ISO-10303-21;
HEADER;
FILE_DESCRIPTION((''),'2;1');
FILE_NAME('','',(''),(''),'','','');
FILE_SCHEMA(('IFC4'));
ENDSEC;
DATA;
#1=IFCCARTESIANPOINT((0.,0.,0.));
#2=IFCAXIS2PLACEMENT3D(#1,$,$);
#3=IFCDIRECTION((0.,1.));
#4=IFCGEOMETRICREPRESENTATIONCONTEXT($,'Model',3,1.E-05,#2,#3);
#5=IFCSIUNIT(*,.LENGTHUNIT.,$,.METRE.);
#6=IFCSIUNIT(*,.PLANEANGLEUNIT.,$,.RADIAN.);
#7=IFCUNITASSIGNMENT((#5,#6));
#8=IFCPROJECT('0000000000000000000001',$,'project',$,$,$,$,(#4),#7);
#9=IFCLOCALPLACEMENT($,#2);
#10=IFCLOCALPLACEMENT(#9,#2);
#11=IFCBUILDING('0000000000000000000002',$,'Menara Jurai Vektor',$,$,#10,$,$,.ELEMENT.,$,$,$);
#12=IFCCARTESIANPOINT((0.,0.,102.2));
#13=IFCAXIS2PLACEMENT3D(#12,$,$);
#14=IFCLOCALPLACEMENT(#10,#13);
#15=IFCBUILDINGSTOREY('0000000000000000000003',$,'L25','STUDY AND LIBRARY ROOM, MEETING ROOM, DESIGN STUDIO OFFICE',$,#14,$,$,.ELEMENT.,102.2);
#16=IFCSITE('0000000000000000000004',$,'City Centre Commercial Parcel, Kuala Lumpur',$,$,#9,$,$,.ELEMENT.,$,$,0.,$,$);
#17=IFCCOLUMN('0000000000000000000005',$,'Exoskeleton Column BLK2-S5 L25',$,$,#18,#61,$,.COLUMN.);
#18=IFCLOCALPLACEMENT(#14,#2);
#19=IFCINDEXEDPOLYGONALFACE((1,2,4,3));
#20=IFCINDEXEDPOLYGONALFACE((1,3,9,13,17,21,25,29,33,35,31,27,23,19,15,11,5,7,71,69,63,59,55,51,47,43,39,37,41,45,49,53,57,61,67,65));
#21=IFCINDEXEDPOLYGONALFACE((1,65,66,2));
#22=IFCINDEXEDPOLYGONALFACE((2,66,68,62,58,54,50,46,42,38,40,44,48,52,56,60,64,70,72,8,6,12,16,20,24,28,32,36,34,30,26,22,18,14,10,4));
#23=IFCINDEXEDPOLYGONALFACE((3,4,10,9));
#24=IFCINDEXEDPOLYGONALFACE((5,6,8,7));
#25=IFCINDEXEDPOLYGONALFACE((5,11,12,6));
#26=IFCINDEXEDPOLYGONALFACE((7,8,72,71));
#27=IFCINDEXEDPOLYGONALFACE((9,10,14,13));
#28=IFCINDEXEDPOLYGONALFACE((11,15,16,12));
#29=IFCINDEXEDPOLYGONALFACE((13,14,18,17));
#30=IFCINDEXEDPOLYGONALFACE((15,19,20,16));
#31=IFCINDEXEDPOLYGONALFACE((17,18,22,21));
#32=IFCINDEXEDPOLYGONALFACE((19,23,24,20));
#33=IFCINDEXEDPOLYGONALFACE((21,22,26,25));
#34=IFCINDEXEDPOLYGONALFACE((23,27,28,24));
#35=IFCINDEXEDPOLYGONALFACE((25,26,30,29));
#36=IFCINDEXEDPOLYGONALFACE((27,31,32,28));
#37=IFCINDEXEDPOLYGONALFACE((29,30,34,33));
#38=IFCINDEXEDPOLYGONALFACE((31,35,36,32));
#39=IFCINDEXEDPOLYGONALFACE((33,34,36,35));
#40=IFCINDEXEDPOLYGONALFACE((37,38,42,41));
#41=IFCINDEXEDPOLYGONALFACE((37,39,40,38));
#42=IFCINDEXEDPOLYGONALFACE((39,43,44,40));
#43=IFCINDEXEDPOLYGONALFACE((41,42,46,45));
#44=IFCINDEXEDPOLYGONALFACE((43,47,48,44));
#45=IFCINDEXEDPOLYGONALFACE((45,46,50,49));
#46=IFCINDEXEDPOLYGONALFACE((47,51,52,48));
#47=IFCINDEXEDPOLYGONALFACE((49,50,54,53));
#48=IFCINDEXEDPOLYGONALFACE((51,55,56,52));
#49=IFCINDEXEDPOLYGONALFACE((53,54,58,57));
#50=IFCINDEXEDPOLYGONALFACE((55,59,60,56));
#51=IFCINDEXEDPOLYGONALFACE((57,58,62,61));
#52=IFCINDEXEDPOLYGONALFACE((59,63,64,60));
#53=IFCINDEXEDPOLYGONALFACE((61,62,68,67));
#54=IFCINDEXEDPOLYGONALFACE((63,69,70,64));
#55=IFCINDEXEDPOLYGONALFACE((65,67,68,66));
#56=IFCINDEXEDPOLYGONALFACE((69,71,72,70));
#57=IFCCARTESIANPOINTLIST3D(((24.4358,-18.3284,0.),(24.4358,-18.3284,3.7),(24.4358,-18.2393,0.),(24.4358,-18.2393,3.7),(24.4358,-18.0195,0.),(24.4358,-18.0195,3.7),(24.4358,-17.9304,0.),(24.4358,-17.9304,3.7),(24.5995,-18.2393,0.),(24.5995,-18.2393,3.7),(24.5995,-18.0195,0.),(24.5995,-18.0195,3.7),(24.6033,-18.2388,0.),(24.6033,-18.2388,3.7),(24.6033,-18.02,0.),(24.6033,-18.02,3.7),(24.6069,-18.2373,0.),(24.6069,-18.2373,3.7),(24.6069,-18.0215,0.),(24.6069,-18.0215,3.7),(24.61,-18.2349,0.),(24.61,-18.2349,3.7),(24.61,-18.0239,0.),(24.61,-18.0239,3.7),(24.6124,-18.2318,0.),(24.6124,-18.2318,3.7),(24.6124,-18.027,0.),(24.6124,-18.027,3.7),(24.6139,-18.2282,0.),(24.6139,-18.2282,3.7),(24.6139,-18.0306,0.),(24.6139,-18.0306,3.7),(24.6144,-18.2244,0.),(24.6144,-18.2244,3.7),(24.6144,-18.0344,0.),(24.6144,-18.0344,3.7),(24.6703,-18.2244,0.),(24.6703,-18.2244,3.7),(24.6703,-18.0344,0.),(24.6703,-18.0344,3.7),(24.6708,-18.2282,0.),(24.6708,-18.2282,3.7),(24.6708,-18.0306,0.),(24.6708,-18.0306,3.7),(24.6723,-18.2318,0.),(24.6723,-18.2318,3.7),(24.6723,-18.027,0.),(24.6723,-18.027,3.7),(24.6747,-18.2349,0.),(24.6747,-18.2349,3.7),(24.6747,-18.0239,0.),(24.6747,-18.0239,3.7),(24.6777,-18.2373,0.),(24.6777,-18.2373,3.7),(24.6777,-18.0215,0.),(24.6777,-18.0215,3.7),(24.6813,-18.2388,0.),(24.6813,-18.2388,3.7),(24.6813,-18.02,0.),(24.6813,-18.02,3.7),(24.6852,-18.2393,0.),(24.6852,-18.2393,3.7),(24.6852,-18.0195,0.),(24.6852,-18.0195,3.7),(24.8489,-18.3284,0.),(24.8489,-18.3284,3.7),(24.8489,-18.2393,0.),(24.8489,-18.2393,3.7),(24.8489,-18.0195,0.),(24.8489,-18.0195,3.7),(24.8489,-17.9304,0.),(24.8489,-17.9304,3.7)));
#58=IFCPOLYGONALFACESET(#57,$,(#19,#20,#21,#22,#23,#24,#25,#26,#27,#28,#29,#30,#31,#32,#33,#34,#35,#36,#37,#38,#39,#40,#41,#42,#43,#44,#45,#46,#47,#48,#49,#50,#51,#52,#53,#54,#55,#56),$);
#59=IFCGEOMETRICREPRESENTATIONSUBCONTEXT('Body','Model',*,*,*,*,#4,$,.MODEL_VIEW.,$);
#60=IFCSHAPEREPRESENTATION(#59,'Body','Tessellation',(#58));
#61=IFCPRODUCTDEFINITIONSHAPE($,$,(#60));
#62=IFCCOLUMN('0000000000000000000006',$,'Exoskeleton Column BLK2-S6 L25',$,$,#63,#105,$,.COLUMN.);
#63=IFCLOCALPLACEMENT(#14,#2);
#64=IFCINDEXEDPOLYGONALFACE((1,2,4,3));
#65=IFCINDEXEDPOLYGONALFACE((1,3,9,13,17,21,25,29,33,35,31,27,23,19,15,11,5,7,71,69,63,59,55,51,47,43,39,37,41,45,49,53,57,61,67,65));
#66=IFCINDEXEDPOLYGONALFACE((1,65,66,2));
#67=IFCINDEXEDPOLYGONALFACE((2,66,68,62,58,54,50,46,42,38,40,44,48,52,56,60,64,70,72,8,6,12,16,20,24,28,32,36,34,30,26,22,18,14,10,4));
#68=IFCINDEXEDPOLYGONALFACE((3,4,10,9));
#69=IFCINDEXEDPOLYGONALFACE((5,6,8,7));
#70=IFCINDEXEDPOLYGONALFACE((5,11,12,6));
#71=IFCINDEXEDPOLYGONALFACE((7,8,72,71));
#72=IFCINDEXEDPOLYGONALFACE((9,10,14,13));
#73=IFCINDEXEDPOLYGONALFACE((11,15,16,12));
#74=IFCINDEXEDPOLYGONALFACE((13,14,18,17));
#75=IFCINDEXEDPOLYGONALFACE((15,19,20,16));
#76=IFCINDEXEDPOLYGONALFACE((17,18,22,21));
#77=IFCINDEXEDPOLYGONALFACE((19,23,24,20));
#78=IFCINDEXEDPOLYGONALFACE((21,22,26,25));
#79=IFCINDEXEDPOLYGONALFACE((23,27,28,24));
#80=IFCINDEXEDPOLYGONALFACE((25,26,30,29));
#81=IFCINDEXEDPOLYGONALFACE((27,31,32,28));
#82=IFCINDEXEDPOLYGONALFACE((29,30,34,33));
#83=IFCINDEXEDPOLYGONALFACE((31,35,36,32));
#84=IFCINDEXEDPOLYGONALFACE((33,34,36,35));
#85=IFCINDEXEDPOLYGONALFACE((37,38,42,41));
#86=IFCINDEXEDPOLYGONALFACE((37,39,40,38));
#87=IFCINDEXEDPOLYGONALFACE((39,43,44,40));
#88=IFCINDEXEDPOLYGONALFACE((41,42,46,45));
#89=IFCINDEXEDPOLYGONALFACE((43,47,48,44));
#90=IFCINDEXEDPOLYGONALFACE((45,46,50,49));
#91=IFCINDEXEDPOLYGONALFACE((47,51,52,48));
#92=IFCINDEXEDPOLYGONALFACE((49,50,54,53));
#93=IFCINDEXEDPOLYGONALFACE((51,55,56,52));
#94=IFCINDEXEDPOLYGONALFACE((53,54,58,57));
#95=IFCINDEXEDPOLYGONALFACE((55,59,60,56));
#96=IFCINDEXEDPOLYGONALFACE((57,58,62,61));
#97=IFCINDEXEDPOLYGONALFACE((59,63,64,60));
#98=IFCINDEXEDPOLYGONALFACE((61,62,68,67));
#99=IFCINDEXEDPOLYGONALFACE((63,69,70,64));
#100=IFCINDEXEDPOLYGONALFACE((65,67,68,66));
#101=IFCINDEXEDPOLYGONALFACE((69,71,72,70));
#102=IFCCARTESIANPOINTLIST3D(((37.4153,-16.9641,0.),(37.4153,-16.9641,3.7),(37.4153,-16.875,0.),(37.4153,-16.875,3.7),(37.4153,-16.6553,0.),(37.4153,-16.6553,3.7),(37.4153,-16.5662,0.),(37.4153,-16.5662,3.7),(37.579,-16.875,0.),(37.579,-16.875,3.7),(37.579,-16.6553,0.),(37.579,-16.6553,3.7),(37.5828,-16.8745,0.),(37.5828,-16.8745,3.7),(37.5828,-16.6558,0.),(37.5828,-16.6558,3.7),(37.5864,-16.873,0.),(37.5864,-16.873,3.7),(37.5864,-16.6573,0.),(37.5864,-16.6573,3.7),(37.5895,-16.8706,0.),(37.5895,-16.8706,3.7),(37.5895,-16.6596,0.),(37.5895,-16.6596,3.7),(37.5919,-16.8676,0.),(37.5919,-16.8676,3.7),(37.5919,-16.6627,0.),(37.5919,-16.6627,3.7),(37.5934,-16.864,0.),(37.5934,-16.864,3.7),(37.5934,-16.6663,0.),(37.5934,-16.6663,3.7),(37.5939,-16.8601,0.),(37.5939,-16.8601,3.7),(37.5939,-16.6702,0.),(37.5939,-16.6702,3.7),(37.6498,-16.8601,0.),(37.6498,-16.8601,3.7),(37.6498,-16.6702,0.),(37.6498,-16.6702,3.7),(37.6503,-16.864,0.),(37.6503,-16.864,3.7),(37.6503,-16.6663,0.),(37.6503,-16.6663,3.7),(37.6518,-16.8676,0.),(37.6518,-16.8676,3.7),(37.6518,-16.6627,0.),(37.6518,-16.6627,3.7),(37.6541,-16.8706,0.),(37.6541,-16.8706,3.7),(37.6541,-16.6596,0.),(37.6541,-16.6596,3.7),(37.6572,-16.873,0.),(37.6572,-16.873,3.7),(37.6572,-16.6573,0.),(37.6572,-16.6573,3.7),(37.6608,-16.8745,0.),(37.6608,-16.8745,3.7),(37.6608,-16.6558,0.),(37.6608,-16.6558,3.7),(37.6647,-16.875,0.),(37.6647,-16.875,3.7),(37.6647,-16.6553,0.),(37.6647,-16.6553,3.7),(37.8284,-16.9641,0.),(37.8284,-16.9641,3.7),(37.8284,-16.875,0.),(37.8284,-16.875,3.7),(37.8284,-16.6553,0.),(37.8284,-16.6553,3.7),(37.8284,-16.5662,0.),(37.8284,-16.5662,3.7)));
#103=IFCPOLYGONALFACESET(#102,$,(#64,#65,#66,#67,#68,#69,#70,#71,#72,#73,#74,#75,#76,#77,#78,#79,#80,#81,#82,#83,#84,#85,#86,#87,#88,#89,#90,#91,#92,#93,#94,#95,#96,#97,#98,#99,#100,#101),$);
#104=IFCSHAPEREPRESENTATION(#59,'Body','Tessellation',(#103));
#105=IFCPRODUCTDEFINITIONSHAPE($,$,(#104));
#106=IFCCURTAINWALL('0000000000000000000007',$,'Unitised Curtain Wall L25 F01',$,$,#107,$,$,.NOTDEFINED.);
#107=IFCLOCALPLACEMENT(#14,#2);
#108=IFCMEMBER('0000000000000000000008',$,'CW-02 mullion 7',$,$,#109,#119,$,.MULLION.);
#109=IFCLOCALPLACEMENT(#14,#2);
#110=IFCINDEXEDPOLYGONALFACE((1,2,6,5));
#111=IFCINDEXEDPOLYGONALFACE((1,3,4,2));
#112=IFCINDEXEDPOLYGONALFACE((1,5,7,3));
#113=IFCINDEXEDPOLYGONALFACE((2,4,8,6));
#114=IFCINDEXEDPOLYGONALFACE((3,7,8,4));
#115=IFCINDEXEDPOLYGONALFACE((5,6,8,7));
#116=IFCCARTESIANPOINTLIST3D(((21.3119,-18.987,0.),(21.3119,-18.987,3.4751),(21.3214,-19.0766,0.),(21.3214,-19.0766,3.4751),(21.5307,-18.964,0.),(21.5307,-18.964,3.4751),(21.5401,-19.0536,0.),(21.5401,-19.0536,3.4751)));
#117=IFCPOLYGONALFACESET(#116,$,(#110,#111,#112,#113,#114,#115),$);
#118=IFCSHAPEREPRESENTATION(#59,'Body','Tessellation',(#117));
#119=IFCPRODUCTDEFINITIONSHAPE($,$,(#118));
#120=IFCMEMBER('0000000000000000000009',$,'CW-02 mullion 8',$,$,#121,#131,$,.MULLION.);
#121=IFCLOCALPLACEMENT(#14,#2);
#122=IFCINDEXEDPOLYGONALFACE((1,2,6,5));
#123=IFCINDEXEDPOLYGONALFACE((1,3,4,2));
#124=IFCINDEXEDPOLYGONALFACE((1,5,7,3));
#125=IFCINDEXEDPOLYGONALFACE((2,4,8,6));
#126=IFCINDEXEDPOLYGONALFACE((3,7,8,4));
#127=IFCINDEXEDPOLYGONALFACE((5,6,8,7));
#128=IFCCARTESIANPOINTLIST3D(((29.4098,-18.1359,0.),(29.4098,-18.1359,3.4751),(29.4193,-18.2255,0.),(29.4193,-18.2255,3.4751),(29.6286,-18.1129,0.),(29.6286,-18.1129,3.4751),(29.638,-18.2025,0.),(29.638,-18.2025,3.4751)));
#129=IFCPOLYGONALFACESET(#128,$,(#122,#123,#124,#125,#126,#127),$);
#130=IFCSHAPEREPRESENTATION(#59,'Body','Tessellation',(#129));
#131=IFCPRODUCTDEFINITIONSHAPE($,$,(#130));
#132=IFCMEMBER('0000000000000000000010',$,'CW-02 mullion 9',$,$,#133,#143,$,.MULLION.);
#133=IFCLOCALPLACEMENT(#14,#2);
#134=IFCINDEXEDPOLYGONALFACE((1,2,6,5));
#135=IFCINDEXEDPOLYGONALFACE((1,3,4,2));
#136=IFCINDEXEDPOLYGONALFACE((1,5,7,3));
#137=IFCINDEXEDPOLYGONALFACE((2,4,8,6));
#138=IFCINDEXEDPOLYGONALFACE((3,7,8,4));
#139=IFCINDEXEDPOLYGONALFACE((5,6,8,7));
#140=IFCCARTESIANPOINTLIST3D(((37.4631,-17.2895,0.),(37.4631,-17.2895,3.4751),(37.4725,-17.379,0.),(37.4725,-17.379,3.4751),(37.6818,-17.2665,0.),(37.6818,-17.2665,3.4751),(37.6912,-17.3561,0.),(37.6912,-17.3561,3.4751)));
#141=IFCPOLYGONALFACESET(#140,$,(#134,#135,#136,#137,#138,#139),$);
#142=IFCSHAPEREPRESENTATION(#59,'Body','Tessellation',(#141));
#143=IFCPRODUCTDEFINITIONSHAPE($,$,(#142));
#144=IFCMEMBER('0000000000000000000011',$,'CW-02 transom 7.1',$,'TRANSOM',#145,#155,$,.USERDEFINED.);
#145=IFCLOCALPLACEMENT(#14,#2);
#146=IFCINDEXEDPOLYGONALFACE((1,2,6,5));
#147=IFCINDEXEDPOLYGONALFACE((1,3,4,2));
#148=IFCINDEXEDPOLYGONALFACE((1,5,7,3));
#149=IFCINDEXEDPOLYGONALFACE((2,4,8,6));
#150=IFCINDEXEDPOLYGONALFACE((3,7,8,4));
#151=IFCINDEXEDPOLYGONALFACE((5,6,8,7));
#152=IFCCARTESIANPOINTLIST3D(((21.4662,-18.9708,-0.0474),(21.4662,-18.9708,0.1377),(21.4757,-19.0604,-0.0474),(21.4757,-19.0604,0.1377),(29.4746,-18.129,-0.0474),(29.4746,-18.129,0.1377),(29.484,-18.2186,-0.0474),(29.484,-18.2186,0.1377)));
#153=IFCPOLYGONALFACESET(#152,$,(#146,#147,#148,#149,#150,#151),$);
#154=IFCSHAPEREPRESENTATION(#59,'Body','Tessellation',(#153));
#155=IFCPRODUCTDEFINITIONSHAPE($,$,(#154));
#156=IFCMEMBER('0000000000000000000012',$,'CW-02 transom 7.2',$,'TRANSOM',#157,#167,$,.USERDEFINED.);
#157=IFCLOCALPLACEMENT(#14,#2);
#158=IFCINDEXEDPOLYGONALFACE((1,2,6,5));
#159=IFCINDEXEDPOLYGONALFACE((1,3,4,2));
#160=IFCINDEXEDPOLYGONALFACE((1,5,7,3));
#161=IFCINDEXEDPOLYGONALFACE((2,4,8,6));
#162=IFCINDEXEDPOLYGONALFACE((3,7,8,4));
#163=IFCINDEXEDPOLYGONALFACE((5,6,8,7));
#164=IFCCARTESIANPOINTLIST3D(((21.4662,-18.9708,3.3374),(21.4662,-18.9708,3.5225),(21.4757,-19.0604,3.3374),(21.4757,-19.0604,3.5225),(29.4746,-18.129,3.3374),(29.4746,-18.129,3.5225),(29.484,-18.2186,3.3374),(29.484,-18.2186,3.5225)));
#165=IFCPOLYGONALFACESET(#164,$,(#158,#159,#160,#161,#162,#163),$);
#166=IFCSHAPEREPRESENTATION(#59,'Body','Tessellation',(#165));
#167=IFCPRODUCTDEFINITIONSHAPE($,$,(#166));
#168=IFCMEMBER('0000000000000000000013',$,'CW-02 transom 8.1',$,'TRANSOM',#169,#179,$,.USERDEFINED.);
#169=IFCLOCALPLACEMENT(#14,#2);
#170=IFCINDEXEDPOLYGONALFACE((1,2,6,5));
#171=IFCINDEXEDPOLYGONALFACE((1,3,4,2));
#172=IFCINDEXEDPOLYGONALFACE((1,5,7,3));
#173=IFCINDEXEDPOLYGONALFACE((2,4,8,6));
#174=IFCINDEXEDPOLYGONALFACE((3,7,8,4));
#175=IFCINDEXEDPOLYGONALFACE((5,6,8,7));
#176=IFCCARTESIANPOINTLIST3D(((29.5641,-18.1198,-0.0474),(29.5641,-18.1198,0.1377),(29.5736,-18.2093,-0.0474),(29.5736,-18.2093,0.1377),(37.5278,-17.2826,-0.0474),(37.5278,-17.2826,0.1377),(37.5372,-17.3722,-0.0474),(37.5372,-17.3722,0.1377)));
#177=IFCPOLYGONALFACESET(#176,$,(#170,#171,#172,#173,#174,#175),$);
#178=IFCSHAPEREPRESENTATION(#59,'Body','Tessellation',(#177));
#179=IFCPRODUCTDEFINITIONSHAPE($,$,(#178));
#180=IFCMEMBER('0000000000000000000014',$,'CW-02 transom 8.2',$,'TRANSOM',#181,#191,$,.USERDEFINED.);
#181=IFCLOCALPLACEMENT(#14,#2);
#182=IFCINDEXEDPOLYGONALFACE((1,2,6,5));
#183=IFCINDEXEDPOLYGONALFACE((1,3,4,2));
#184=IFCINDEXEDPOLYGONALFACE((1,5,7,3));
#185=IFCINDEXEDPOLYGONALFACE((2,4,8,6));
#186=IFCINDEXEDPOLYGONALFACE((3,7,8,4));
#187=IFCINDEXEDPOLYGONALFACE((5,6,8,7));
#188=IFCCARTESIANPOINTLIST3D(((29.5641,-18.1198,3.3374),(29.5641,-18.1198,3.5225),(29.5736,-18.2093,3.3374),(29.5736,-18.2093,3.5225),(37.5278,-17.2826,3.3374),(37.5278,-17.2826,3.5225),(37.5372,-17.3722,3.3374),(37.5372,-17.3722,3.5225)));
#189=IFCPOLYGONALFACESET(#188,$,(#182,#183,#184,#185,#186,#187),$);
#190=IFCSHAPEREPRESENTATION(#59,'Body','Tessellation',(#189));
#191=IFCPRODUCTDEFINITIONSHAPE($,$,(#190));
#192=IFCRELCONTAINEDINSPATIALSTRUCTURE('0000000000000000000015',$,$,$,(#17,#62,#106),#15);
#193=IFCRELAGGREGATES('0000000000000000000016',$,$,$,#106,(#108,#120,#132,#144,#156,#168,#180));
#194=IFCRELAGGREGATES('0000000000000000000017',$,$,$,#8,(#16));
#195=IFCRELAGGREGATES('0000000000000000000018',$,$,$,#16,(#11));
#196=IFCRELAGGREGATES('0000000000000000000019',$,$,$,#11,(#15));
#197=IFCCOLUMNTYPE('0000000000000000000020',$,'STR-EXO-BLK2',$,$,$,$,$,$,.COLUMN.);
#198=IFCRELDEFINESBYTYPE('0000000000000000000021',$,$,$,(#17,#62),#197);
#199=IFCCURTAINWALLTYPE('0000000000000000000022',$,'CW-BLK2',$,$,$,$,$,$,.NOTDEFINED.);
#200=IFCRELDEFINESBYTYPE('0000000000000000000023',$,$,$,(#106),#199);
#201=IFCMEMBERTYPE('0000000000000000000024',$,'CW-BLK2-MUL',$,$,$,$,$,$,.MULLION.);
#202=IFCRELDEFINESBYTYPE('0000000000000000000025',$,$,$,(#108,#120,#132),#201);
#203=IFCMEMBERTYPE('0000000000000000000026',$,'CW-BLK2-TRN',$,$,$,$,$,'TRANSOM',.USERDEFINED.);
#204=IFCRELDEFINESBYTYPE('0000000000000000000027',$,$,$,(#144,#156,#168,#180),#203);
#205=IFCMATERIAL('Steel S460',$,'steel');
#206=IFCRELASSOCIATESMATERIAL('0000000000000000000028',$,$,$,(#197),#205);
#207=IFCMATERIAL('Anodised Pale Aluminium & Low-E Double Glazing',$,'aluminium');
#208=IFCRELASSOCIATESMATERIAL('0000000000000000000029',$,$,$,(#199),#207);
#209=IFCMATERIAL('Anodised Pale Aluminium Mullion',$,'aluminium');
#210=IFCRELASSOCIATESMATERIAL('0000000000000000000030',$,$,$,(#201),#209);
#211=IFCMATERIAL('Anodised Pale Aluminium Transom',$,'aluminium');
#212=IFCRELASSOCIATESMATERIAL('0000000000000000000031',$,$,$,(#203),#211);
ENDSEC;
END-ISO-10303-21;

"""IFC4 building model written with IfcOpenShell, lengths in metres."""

from ifc_helpers import new_model, si_unit, direction, frame, origin, origin_2d, place, context, subcontext, project, spatial, rectangle, i_section, extrude, material, material_profile, profile_set, type_object, element, aggregate, save


model = new_model("IFC4")

# Units and contexts
model_context = context("Model", 3, precision=1e-05, world=origin(), true_north=direction((0.0, 1.0)))
body_context = subcontext(model_context, "Body", "Model", "MODEL_VIEW")
ifc_project = project(units=[si_unit("LENGTHUNIT", "METRE"), si_unit("PLANEANGLEUNIT", "RADIAN")], contexts=[model_context])

# Site, building, storey
site_placement = place(None, origin())
site = spatial("IfcSite", under=ifc_project, at=site_placement, Name="City Centre Commercial Parcel, Kuala Lumpur", CompositionType="ELEMENT", RefElevation=0.0)
building_placement = place(site_placement, origin())
building = spatial("IfcBuilding", under=site, at=building_placement, Name="Menara Jurai Vektor", CompositionType="ELEMENT")
storey_placement = place(building_placement, frame((0.0, 0.0, 102.2)))
storey = spatial("IfcBuildingStorey", under=building, at=storey_placement, Name="L25", Description="STUDY AND LIBRARY ROOM, MEETING ROOM, DESIGN STUDIO OFFICE", CompositionType="ELEMENT", Elevation=102.2)

# Columns
ifc_material_1 = material(Name="Steel S460", Category="steel")
ifc_material_profile_1 = material_profile(ifc_material_1, i_section(OverallWidth=0.4131, OverallDepth=0.3979, WebThickness=0.0559, FlangeThickness=0.0891, FilletRadius=0.0149, at=origin_2d()), Name="HD 400x744")
ifc_profile_set_1 = profile_set([ifc_material_profile_1], Name="Steel S460")
column_type = type_object("IfcColumnType", Name="STR-EXO-BLK2", PredefinedType="COLUMN", material=ifc_profile_set_1)
for number, where, z_axis, x_axis, name in (
    (1, (24.6423, -18.1294, 0.0), (0.0, 0.0, 1.0), (1.0, 0.0, 0.0), "Exoskeleton Column BLK2-S5 L25"),
    (2, (37.6218, -16.7651, 0.0), (0.0, 0.0, 1.0), (1.0, 0.0, 0.0), "Exoskeleton Column BLK2-S6 L25"),
):
    element("IfcColumn", number, at=place(storey_placement, frame(where, z_axis=z_axis, x_axis=x_axis)), inside=storey, type_object=column_type, Name=name, PredefinedType="COLUMN", context=body_context, shape_type="SweptSolid", body=[
        extrude(i_section(OverallWidth=0.4131, OverallDepth=0.3979, WebThickness=0.0559, FlangeThickness=0.0891, FilletRadius=0.0149, at=origin_2d()), origin(), (0.0, 0.0, 1.0), 3.7),
    ])

# Curtain wall, members
ifc_material_2 = material(Name="Anodised Pale Aluminium & Low-E Double Glazing", Category="aluminium")
curtain_wall_type = type_object("IfcCurtainWallType", Name="CW-BLK2", PredefinedType="NOTDEFINED", material=ifc_material_2)
curtain_wall_placement = place(storey_placement, origin())
curtain_wall = element("IfcCurtainWall", 3, at=curtain_wall_placement, inside=storey, type_object=curtain_wall_type, Name="Unitised Curtain Wall L25 F01", PredefinedType="NOTDEFINED")
ifc_material_3 = material(Name="Anodised Pale Aluminium Mullion", Category="aluminium")
ifc_material_profile_2 = material_profile(ifc_material_3, rectangle(XDim=0.0901, YDim=0.22, at=origin_2d()), Name="ALU MUL 90x220")
ifc_profile_set_2 = profile_set([ifc_material_profile_2], Name="Anodised Pale Aluminium Mullion")
member_type_1 = type_object("IfcMemberType", Name="CW-BLK2-MUL", PredefinedType="MULLION", material=ifc_profile_set_2)
member_1_placement = place(storey_placement, frame((21.426, -19.0203, 0.0), z_axis=(0.0, 0.0, 1.0), x_axis=(-0.104529, 0.994522, 0.0)))
member_1 = element("IfcMember", 4, at=member_1_placement, type_object=member_type_1, Name="CW-02 mullion 7", PredefinedType="MULLION", context=body_context, shape_type="SweptSolid", body=[
    extrude(rectangle(XDim=0.0901, YDim=0.22, at=origin_2d()), origin(), (0.0, 0.0, 1.0), 3.4751),
])
member_2_placement = place(storey_placement, frame((29.5239, -18.1692, 0.0), z_axis=(0.0, 0.0, 1.0), x_axis=(-0.104529, 0.994522, 0.0)))
member_2 = element("IfcMember", 5, at=member_2_placement, type_object=member_type_1, Name="CW-02 mullion 8", PredefinedType="MULLION", context=body_context, shape_type="SweptSolid", body=[
    extrude(rectangle(XDim=0.0901, YDim=0.22, at=origin_2d()), origin(), (0.0, 0.0, 1.0), 3.4751),
])
member_3_placement = place(storey_placement, frame((37.5771, -17.3228, 0.0), z_axis=(0.0, 0.0, 1.0), x_axis=(-0.104529, 0.994522, 0.0)))
member_3 = element("IfcMember", 6, at=member_3_placement, type_object=member_type_1, Name="CW-02 mullion 9", PredefinedType="MULLION", context=body_context, shape_type="SweptSolid", body=[
    extrude(rectangle(XDim=0.0901, YDim=0.22, at=origin_2d()), origin(), (0.0, 0.0, 1.0), 3.4751),
])
ifc_material_4 = material(Name="Anodised Pale Aluminium Transom", Category="aluminium")
ifc_material_profile_3 = material_profile(ifc_material_4, rectangle(XDim=0.0901, YDim=0.1851, at=origin_2d()), Name="ALU TRN 90x185")
ifc_profile_set_3 = profile_set([ifc_material_profile_3], Name="Anodised Pale Aluminium Transom")
member_type_2 = type_object("IfcMemberType", Name="CW-BLK2-TRN", ElementType="TRANSOM", PredefinedType="USERDEFINED", material=ifc_profile_set_3)
member_4_placement = place(storey_placement, frame((21.4709, -19.0156, 0.0452), z_axis=(0.994521, 0.10454, 0.0), x_axis=(-0.10454, 0.994521, 0.0)))
member_4 = element("IfcMember", 7, at=member_4_placement, type_object=member_type_2, Name="CW-02 transom 7.1", ObjectType="TRANSOM", PredefinedType="USERDEFINED", context=body_context, shape_type="SweptSolid", body=[
    extrude(rectangle(XDim=0.0901, YDim=0.1851, at=origin_2d()), origin(), (0.0, 0.0, 1.0), 8.0525),
])
member_5_placement = place(storey_placement, frame((21.4709, -19.0156, 3.4299), z_axis=(0.994521, 0.10454, 0.0), x_axis=(-0.10454, 0.994521, 0.0)))
member_5 = element("IfcMember", 8, at=member_5_placement, type_object=member_type_2, Name="CW-02 transom 7.2", ObjectType="TRANSOM", PredefinedType="USERDEFINED", context=body_context, shape_type="SweptSolid", body=[
    extrude(rectangle(XDim=0.0901, YDim=0.1851, at=origin_2d()), origin(), (0.0, 0.0, 1.0), 8.0525),
])
member_6_placement = place(storey_placement, frame((29.5688, -18.1646, 0.0452), z_axis=(0.99452, 0.104547, 0.0), x_axis=(-0.104547, 0.99452, 0.0)))
member_6 = element("IfcMember", 9, at=member_6_placement, type_object=member_type_2, Name="CW-02 transom 8.1", ObjectType="TRANSOM", PredefinedType="USERDEFINED", context=body_context, shape_type="SweptSolid", body=[
    extrude(rectangle(XDim=0.0901, YDim=0.1851, at=origin_2d()), origin(), (0.0, 0.0, 1.0), 8.0076),
])
member_7_placement = place(storey_placement, frame((29.5688, -18.1646, 3.4299), z_axis=(0.99452, 0.104547, 0.0), x_axis=(-0.104547, 0.99452, 0.0)))
member_7 = element("IfcMember", 10, at=member_7_placement, type_object=member_type_2, Name="CW-02 transom 8.2", ObjectType="TRANSOM", PredefinedType="USERDEFINED", context=body_context, shape_type="SweptSolid", body=[
    extrude(rectangle(XDim=0.0901, YDim=0.1851, at=origin_2d()), origin(), (0.0, 0.0, 1.0), 8.0076),
])

aggregate(curtain_wall, [member_1, member_2, member_3, member_4, member_5, member_6, member_7])

save(model, "model.ifc")
